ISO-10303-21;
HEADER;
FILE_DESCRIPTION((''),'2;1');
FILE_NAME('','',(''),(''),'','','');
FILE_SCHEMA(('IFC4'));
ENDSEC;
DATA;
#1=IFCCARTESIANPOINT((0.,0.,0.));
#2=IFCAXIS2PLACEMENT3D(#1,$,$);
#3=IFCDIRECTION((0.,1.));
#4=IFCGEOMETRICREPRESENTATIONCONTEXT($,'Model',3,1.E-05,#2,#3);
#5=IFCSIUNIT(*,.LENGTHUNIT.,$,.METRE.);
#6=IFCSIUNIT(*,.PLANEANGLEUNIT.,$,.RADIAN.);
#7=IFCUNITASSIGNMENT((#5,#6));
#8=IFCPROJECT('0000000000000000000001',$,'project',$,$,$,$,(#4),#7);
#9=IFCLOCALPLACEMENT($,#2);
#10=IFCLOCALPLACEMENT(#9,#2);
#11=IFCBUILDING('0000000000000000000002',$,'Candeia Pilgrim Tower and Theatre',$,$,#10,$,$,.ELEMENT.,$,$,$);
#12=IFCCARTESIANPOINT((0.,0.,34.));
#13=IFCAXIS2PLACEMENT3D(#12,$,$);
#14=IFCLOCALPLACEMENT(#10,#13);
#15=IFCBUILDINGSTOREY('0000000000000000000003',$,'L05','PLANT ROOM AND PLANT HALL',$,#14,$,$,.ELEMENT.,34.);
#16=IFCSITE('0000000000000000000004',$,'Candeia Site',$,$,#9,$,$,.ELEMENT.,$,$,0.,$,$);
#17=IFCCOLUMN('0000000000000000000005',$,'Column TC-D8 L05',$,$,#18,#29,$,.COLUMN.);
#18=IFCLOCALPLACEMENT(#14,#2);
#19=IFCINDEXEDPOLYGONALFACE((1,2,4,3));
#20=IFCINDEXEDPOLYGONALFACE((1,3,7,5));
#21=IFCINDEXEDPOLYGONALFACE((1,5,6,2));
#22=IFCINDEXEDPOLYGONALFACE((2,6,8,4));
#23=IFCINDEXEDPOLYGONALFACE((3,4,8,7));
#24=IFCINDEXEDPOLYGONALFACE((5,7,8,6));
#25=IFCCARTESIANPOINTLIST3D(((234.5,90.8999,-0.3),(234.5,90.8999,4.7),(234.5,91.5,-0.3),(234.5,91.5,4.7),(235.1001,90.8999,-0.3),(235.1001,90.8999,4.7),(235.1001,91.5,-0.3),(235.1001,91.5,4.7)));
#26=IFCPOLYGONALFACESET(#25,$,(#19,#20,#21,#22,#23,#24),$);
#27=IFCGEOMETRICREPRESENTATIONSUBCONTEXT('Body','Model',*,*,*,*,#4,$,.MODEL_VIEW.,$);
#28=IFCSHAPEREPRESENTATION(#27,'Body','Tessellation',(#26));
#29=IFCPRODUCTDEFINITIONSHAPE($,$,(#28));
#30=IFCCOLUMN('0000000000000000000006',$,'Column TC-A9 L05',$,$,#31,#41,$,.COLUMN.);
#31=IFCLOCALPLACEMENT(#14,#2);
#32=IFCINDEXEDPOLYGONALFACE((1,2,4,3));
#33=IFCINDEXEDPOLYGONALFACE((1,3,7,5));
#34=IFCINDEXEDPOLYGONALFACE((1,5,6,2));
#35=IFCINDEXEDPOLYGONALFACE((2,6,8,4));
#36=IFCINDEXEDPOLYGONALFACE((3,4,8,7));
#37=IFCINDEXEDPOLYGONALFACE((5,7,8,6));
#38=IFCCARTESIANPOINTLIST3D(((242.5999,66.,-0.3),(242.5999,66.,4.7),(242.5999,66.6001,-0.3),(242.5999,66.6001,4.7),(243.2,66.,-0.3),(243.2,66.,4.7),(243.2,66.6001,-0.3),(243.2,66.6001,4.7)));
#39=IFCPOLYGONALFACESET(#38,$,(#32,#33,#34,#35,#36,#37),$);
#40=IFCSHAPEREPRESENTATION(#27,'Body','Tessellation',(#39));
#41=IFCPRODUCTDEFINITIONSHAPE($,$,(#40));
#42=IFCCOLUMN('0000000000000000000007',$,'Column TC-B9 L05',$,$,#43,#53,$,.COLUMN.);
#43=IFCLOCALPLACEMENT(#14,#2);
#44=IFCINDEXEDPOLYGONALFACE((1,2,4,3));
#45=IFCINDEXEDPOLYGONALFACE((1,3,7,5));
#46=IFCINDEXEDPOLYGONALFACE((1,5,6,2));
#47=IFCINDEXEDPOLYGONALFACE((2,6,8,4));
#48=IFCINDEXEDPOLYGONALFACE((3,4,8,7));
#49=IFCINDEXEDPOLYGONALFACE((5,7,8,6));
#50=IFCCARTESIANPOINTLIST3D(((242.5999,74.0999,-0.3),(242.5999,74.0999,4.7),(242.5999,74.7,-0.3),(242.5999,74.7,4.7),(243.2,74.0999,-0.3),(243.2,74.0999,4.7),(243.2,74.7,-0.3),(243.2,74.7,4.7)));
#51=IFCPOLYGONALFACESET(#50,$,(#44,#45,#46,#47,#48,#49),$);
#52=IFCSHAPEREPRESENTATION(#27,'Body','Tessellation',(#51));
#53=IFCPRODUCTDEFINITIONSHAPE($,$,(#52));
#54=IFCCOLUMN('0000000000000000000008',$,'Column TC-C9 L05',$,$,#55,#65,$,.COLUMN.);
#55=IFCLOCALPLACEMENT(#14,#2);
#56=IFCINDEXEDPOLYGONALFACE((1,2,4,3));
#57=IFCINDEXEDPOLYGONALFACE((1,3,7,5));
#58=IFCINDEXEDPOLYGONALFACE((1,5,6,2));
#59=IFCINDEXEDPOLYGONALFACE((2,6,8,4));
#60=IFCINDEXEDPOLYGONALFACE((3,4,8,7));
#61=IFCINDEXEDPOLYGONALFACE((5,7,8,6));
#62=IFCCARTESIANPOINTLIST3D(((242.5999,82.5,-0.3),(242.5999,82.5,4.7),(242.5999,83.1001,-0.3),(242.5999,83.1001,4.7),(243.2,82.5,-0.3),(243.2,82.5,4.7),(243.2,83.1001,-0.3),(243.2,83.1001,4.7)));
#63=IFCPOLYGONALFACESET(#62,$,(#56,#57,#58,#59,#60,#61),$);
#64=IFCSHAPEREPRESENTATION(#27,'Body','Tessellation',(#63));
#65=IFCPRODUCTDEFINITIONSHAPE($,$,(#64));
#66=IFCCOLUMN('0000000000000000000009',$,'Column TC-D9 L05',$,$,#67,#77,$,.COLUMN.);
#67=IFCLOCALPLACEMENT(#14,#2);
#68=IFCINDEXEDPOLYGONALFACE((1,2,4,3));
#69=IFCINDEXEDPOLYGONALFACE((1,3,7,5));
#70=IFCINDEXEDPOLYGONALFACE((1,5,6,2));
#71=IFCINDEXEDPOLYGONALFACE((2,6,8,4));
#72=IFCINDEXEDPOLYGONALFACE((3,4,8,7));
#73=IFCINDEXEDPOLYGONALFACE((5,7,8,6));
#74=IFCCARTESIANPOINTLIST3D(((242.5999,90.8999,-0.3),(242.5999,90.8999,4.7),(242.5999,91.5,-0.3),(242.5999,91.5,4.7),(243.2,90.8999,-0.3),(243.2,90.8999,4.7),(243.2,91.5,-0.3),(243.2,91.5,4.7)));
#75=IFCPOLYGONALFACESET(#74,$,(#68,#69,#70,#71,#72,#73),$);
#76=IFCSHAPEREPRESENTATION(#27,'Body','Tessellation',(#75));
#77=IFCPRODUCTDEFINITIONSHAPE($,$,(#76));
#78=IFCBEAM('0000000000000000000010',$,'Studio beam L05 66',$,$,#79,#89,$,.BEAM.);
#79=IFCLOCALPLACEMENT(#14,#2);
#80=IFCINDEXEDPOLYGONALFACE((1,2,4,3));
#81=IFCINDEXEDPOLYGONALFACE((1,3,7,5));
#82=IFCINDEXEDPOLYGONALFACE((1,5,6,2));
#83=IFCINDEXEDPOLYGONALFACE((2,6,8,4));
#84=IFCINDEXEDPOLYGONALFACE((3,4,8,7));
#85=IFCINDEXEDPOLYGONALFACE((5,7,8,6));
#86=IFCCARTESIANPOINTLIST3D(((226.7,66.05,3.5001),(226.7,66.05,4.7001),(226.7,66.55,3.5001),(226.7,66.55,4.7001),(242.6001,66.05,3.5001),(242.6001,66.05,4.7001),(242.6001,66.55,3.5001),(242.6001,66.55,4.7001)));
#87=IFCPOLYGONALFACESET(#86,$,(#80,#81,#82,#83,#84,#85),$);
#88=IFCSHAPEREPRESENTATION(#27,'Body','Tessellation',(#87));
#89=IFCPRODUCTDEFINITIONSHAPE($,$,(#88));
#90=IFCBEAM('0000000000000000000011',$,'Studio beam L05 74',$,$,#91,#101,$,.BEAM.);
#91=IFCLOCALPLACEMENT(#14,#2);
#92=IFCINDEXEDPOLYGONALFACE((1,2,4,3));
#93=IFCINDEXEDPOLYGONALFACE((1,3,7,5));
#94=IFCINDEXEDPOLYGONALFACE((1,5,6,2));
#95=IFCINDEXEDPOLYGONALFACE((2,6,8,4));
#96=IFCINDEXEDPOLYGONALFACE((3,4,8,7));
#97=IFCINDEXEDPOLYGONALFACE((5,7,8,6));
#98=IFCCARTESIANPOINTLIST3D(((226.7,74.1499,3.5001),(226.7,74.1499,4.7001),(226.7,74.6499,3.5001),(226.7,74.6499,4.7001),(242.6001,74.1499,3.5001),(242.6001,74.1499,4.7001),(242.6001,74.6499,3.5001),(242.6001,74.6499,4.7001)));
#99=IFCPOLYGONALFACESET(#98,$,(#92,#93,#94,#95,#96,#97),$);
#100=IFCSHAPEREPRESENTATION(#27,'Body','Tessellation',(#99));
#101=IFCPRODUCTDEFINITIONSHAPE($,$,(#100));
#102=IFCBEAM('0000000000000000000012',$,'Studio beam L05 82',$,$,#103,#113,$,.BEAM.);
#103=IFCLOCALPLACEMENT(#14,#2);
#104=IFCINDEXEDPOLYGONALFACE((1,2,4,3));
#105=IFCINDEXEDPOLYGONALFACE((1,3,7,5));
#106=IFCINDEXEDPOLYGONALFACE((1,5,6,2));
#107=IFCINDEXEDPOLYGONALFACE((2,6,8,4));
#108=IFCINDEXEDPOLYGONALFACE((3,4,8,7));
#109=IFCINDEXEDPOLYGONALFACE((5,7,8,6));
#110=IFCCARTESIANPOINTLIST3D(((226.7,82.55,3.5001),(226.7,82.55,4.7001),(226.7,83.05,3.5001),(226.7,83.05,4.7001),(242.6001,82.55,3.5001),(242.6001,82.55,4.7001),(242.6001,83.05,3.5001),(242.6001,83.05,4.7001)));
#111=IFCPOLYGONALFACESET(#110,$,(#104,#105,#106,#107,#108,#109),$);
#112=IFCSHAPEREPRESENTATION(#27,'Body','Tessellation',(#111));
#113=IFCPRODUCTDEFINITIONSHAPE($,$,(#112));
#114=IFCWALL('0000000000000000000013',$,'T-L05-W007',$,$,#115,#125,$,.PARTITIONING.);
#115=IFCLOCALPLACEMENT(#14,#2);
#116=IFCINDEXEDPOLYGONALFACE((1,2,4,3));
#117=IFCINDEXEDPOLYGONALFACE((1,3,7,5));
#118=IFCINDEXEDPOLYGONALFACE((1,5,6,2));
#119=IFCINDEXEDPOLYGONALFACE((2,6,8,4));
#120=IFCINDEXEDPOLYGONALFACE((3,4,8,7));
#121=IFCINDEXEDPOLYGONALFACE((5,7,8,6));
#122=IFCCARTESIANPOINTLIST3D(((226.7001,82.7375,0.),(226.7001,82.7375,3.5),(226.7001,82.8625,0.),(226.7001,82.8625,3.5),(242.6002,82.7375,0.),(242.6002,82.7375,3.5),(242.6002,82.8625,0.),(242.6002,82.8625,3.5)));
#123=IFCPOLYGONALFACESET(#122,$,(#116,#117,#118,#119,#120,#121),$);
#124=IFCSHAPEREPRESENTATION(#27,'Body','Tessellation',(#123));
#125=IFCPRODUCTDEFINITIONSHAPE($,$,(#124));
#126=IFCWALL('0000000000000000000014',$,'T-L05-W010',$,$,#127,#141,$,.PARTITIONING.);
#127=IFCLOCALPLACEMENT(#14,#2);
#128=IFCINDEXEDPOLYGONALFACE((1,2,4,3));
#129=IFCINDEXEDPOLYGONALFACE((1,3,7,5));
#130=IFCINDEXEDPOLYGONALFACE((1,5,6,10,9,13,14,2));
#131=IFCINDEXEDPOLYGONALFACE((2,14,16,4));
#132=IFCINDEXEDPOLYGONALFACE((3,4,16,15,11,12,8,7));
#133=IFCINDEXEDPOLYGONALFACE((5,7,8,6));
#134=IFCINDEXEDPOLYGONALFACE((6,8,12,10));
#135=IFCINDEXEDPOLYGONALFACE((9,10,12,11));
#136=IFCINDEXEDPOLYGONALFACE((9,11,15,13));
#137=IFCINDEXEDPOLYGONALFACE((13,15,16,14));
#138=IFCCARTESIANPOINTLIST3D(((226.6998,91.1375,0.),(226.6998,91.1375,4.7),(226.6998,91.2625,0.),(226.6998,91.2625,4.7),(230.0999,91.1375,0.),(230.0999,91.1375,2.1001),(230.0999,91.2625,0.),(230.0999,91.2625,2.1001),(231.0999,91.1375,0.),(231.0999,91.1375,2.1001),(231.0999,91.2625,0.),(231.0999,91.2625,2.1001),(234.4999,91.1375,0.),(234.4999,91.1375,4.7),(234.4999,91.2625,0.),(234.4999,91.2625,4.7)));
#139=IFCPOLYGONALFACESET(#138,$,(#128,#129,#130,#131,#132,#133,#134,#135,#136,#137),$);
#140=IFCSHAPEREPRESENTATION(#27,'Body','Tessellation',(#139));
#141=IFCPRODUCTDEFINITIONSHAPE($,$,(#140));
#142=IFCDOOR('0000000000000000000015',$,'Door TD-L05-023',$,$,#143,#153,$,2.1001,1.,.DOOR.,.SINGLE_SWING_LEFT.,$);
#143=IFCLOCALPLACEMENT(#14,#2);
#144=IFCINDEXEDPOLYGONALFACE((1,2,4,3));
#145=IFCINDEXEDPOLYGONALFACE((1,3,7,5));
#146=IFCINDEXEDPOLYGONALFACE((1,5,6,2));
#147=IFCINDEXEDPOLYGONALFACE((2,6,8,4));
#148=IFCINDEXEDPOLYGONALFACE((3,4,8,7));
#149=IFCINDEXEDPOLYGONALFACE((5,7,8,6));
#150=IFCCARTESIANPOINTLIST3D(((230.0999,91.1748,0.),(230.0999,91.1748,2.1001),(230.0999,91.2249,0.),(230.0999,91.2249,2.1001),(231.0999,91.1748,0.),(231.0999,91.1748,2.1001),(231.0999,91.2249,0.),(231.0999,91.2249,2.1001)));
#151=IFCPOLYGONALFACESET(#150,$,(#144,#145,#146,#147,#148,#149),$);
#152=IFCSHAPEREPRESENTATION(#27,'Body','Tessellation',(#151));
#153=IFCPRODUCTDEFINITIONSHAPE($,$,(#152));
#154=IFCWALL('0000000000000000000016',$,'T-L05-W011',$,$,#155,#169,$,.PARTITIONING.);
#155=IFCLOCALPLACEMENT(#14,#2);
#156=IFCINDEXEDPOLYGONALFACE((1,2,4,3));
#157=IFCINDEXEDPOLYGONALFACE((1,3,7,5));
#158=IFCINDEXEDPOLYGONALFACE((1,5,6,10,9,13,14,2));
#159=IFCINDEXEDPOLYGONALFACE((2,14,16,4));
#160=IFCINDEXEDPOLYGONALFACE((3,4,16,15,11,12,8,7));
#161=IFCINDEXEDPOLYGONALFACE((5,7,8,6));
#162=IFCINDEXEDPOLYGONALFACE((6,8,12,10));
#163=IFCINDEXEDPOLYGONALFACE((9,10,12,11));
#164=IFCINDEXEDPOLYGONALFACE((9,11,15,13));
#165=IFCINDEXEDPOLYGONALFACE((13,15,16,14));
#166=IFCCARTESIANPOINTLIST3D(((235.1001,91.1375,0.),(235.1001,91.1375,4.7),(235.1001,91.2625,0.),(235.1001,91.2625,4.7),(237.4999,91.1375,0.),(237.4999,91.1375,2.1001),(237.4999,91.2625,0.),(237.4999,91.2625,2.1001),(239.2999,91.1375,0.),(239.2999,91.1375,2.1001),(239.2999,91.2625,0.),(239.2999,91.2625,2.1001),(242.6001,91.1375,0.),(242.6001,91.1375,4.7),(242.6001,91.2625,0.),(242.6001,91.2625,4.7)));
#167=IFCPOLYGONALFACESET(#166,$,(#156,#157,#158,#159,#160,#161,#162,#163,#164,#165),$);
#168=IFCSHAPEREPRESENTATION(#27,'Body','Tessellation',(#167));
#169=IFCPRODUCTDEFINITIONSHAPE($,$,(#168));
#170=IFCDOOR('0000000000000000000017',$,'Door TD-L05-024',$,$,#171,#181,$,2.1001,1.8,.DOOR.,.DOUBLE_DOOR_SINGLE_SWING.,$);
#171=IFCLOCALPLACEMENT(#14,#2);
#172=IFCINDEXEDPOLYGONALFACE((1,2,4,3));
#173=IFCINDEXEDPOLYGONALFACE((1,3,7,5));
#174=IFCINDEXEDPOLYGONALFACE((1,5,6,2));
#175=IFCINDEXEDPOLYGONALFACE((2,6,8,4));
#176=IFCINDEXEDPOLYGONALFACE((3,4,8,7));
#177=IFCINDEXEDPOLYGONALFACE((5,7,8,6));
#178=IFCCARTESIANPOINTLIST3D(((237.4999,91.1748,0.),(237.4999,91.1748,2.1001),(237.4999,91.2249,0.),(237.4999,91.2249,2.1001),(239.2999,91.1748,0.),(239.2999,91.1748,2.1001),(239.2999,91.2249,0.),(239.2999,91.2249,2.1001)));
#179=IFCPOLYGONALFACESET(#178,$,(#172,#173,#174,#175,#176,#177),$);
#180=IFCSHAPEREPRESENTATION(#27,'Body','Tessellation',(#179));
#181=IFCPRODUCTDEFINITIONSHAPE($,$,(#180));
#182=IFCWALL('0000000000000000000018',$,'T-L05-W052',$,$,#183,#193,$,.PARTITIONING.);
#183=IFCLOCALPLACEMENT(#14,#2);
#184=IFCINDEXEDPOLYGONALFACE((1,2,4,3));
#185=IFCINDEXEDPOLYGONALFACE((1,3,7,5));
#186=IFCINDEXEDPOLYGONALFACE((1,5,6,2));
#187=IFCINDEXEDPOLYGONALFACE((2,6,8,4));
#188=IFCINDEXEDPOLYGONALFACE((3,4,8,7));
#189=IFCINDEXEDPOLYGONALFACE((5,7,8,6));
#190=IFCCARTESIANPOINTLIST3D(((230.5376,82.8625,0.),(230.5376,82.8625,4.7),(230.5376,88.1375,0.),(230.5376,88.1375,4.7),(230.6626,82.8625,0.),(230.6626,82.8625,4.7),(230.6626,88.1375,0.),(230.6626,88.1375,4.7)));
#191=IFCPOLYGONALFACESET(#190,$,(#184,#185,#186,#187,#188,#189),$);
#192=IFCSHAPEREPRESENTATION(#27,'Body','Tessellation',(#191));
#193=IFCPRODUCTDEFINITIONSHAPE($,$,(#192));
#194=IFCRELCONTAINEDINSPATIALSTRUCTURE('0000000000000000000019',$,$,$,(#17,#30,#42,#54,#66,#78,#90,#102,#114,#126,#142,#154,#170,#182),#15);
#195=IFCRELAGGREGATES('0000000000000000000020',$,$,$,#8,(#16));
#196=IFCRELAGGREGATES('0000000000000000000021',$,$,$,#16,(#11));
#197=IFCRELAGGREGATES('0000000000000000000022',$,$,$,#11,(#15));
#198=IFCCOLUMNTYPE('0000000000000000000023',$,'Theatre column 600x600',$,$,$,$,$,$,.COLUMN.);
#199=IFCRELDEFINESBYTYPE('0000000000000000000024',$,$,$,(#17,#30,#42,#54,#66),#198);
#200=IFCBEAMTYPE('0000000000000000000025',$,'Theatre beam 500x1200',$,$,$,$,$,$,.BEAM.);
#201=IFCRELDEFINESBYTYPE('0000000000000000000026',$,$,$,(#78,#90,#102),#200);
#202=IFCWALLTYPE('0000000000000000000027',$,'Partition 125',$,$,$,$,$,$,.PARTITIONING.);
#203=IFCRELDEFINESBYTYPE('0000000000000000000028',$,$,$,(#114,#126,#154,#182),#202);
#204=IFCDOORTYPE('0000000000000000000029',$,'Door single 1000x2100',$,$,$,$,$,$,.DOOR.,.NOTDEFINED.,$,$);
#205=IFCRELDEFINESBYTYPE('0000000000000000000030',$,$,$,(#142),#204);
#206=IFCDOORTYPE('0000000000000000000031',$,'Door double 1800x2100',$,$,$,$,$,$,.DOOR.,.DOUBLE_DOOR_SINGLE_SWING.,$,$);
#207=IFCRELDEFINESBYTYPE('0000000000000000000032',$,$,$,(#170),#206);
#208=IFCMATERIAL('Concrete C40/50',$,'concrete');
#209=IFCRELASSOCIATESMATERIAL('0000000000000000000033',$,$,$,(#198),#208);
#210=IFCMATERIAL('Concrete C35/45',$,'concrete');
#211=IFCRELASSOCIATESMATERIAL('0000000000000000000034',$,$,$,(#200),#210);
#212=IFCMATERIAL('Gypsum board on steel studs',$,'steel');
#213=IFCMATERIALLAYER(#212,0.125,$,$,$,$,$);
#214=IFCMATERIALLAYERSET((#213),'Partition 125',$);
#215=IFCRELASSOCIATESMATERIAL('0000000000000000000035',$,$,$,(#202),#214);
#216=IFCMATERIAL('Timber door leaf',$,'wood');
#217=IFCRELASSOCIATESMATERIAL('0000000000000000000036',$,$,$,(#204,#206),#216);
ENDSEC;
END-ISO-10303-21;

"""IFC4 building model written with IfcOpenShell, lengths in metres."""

from ifc_helpers import new_model, si_unit, direction, frame, frame_2d, origin, origin_2d, place, context, subcontext, project, spatial, rectangle, extrude, material, layer, layer_set, material_profile, profile_set, type_object, element, fill, save


model = new_model("IFC4")

# Units and contexts
model_context = context("Model", 3, precision=1e-05, world=origin(), true_north=direction((0.0, 1.0)))
body_context = subcontext(model_context, "Body", "Model", "MODEL_VIEW")
ifc_project = project(units=[si_unit("LENGTHUNIT", "METRE"), si_unit("PLANEANGLEUNIT", "RADIAN")], contexts=[model_context])

# Site, building, storey
site_placement = place(None, origin())
site = spatial("IfcSite", under=ifc_project, at=site_placement, Name="Candeia Site", CompositionType="ELEMENT", RefElevation=0.0)
building_placement = place(site_placement, origin())
building = spatial("IfcBuilding", under=site, at=building_placement, Name="Candeia Pilgrim Tower and Theatre", CompositionType="ELEMENT")
storey_placement = place(building_placement, frame((0.0, 0.0, 34.0)))
storey = spatial("IfcBuildingStorey", under=building, at=storey_placement, Name="L05", Description="PLANT ROOM AND PLANT HALL", CompositionType="ELEMENT", Elevation=34.0)

# Columns
ifc_material_1 = material(Name="Concrete C40/50", Category="concrete")
ifc_material_profile_1 = material_profile(ifc_material_1, rectangle(XDim=0.6001, YDim=0.6001, at=origin_2d()))
ifc_profile_set_1 = profile_set([ifc_material_profile_1], Name="Concrete C40/50")
column_type = type_object("IfcColumnType", Name="Theatre column 600x600", PredefinedType="COLUMN", material=ifc_profile_set_1)
for number, where, z_axis, x_axis, name in (
    (1, (234.8, 91.2, -0.3), (0.0, 0.0, 1.0), (1.0, 0.0, 0.0), "Column TC-D8 L05"),
    (2, (242.8999, 66.3, -0.3), (0.0, 0.0, 1.0), (1.0, 0.0, 0.0), "Column TC-A9 L05"),
    (3, (242.8999, 74.3999, -0.3), (0.0, 0.0, 1.0), (1.0, 0.0, 0.0), "Column TC-B9 L05"),
    (4, (242.8999, 82.8, -0.3), (0.0, 0.0, 1.0), (1.0, 0.0, 0.0), "Column TC-C9 L05"),
    (5, (242.8999, 91.2, -0.3), (0.0, 0.0, 1.0), (1.0, 0.0, 0.0), "Column TC-D9 L05"),
):
    element("IfcColumn", number, at=place(storey_placement, frame(where, z_axis=z_axis, x_axis=x_axis)), inside=storey, type_object=column_type, Name=name, PredefinedType="COLUMN", context=body_context, shape_type="SweptSolid", body=[
        extrude(rectangle(XDim=0.6001, YDim=0.6001, at=origin_2d()), origin(), (0.0, 0.0, 1.0), 5.0),
    ])

# Beams
ifc_material_2 = material(Name="Concrete C35/45", Category="concrete")
ifc_material_profile_2 = material_profile(ifc_material_2, rectangle(XDim=0.5, YDim=1.2, at=origin_2d()))
ifc_profile_set_2 = profile_set([ifc_material_profile_2], Name="Concrete C35/45")
beam_type = type_object("IfcBeamType", Name="Theatre beam 500x1200", PredefinedType="BEAM", material=ifc_profile_set_2)
for number, where, z_axis, x_axis, name in (
    (6, (226.7, 66.3, 4.1001), (1.0, 0.0, 0.0), (0.0, 1.0, 0.0), "Studio beam L05 66"),
    (7, (226.7, 74.3999, 4.1001), (1.0, 0.0, 0.0), (0.0, 1.0, 0.0), "Studio beam L05 74"),
    (8, (226.7, 82.8, 4.1001), (1.0, 0.0, 0.0), (0.0, 1.0, 0.0), "Studio beam L05 82"),
):
    element("IfcBeam", number, at=place(storey_placement, frame(where, z_axis=z_axis, x_axis=x_axis)), inside=storey, type_object=beam_type, Name=name, PredefinedType="BEAM", context=body_context, shape_type="SweptSolid", body=[
        extrude(rectangle(XDim=0.5, YDim=1.2, at=origin_2d()), origin(), (0.0, 0.0, 1.0), 15.9001),
    ])

# Wall
ifc_material_3 = material(Name="Gypsum board on steel studs", Category="steel")
ifc_layer = layer(ifc_material_3, 0.125)
ifc_layer_set = layer_set([ifc_layer], Name="Partition 125")
wall_type = type_object("IfcWallType", Name="Partition 125", PredefinedType="PARTITIONING", material=ifc_layer_set)
wall_1_placement = place(storey_placement, frame((226.7, 82.8, 0.0), z_axis=(0.0, 0.0, 1.0), x_axis=(1.0, 0.0, 0.0)))
element("IfcWall", 9, at=wall_1_placement, inside=storey, type_object=wall_type, Name="T-L05-W007", PredefinedType="PARTITIONING", context=body_context, shape_type="SweptSolid", body=[
    extrude(rectangle(XDim=15.9001, YDim=0.125, at=frame_2d((7.9502, 0.0))), origin(), (0.0, 0.0, 1.0), 3.5),
])

# Walls, openings, doors
wall_2_placement = place(storey_placement, frame((226.7, 91.2, 0.0), z_axis=(0.0, 0.0, 1.0), x_axis=(1.0, 0.0, 0.0)))
wall_2 = element("IfcWall", 10, at=wall_2_placement, inside=storey, type_object=wall_type, Name="T-L05-W010", PredefinedType="PARTITIONING", context=body_context, shape_type="SweptSolid", body=[
    extrude(rectangle(XDim=7.8, YDim=0.125, at=frame_2d((3.8999, 0.0))), origin(), (0.0, 0.0, 1.0), 4.7),
])
opening_1_placement = place(wall_2_placement, frame((3.3999, 0.0, 0.0)))
opening_1 = element("IfcOpeningElement", 11, at=opening_1_placement, cuts=wall_2, PredefinedType="OPENING", context=body_context, shape_type="SweptSolid", body=[
    extrude(rectangle(XDim=1.0, YDim=2.1001, at=frame_2d((0.5, 1.05))), frame((0.0, 0.0725, 0.0), z_axis=(0.0, -1.0, 0.0), x_axis=(1.0, 0.0, 0.0)), (0.0, 0.0, 1.0), 0.145),
])
ifc_material_4 = material(Name="Timber door leaf", Category="wood")
door_type_1 = type_object("IfcDoorType", Name="Door single 1000x2100", OperationType="NOTDEFINED", PredefinedType="DOOR", material=ifc_material_4)
door_1_placement = place(opening_1_placement, origin())
door_1 = element("IfcDoor", 12, at=door_1_placement, inside=storey, type_object=door_type_1, Name="Door TD-L05-023", OperationType="SINGLE_SWING_LEFT", OverallHeight=2.1001, OverallWidth=1.0, PredefinedType="DOOR", context=body_context, shape_type="SweptSolid", body=[
    extrude(rectangle(XDim=1.0, YDim=2.1001, at=frame_2d((0.5, 1.05))), frame((0.0, 0.0249, 0.0), z_axis=(0.0, -1.0, 0.0), x_axis=(1.0, 0.0, 0.0)), (0.0, 0.0, 1.0), 0.05),
])
fill(opening_1, door_1)
wall_3_placement = place(storey_placement, frame((235.1001, 91.2, 0.0), z_axis=(0.0, 0.0, 1.0), x_axis=(1.0, 0.0, 0.0)))
wall_3 = element("IfcWall", 13, at=wall_3_placement, inside=storey, type_object=wall_type, Name="T-L05-W011", PredefinedType="PARTITIONING", context=body_context, shape_type="SweptSolid", body=[
    extrude(rectangle(XDim=7.5, YDim=0.125, at=frame_2d((3.75, 0.0))), origin(), (0.0, 0.0, 1.0), 4.7),
])
opening_2_placement = place(wall_3_placement, frame((2.3999, 0.0, 0.0)))
opening_2 = element("IfcOpeningElement", 14, at=opening_2_placement, cuts=wall_3, PredefinedType="OPENING", context=body_context, shape_type="SweptSolid", body=[
    extrude(rectangle(XDim=1.8, YDim=2.1001, at=frame_2d((0.8999, 1.05))), frame((0.0, 0.0725, 0.0), z_axis=(0.0, -1.0, 0.0), x_axis=(1.0, 0.0, 0.0)), (0.0, 0.0, 1.0), 0.145),
])
door_type_2 = type_object("IfcDoorType", Name="Door double 1800x2100", OperationType="DOUBLE_DOOR_SINGLE_SWING", PredefinedType="DOOR", material=ifc_material_4)
door_2_placement = place(opening_2_placement, origin())
door_2 = element("IfcDoor", 15, at=door_2_placement, inside=storey, type_object=door_type_2, Name="Door TD-L05-024", OperationType="DOUBLE_DOOR_SINGLE_SWING", OverallHeight=2.1001, OverallWidth=1.8, PredefinedType="DOOR", context=body_context, shape_type="SweptSolid", body=[
    extrude(rectangle(XDim=1.8, YDim=2.1001, at=frame_2d((0.8999, 1.05))), frame((0.0, 0.0249, 0.0), z_axis=(0.0, -1.0, 0.0), x_axis=(1.0, 0.0, 0.0)), (0.0, 0.0, 1.0), 0.05),
])
fill(opening_2, door_2)

# Wall
for number, where, z_axis, x_axis, name in (
    (16, (230.6001, 82.8625, 0.0), (0.0, 0.0, 1.0), (0.0, 1.0, 0.0), "T-L05-W052"),
):
    element("IfcWall", number, at=place(storey_placement, frame(where, z_axis=z_axis, x_axis=x_axis)), inside=storey, type_object=wall_type, Name=name, PredefinedType="PARTITIONING", context=body_context, shape_type="SweptSolid", body=[
        extrude(rectangle(XDim=5.2749, YDim=0.125, at=frame_2d((2.6375, 0.0))), origin(), (0.0, 0.0, 1.0), 4.7),
    ])

save(model, "model.ifc")
